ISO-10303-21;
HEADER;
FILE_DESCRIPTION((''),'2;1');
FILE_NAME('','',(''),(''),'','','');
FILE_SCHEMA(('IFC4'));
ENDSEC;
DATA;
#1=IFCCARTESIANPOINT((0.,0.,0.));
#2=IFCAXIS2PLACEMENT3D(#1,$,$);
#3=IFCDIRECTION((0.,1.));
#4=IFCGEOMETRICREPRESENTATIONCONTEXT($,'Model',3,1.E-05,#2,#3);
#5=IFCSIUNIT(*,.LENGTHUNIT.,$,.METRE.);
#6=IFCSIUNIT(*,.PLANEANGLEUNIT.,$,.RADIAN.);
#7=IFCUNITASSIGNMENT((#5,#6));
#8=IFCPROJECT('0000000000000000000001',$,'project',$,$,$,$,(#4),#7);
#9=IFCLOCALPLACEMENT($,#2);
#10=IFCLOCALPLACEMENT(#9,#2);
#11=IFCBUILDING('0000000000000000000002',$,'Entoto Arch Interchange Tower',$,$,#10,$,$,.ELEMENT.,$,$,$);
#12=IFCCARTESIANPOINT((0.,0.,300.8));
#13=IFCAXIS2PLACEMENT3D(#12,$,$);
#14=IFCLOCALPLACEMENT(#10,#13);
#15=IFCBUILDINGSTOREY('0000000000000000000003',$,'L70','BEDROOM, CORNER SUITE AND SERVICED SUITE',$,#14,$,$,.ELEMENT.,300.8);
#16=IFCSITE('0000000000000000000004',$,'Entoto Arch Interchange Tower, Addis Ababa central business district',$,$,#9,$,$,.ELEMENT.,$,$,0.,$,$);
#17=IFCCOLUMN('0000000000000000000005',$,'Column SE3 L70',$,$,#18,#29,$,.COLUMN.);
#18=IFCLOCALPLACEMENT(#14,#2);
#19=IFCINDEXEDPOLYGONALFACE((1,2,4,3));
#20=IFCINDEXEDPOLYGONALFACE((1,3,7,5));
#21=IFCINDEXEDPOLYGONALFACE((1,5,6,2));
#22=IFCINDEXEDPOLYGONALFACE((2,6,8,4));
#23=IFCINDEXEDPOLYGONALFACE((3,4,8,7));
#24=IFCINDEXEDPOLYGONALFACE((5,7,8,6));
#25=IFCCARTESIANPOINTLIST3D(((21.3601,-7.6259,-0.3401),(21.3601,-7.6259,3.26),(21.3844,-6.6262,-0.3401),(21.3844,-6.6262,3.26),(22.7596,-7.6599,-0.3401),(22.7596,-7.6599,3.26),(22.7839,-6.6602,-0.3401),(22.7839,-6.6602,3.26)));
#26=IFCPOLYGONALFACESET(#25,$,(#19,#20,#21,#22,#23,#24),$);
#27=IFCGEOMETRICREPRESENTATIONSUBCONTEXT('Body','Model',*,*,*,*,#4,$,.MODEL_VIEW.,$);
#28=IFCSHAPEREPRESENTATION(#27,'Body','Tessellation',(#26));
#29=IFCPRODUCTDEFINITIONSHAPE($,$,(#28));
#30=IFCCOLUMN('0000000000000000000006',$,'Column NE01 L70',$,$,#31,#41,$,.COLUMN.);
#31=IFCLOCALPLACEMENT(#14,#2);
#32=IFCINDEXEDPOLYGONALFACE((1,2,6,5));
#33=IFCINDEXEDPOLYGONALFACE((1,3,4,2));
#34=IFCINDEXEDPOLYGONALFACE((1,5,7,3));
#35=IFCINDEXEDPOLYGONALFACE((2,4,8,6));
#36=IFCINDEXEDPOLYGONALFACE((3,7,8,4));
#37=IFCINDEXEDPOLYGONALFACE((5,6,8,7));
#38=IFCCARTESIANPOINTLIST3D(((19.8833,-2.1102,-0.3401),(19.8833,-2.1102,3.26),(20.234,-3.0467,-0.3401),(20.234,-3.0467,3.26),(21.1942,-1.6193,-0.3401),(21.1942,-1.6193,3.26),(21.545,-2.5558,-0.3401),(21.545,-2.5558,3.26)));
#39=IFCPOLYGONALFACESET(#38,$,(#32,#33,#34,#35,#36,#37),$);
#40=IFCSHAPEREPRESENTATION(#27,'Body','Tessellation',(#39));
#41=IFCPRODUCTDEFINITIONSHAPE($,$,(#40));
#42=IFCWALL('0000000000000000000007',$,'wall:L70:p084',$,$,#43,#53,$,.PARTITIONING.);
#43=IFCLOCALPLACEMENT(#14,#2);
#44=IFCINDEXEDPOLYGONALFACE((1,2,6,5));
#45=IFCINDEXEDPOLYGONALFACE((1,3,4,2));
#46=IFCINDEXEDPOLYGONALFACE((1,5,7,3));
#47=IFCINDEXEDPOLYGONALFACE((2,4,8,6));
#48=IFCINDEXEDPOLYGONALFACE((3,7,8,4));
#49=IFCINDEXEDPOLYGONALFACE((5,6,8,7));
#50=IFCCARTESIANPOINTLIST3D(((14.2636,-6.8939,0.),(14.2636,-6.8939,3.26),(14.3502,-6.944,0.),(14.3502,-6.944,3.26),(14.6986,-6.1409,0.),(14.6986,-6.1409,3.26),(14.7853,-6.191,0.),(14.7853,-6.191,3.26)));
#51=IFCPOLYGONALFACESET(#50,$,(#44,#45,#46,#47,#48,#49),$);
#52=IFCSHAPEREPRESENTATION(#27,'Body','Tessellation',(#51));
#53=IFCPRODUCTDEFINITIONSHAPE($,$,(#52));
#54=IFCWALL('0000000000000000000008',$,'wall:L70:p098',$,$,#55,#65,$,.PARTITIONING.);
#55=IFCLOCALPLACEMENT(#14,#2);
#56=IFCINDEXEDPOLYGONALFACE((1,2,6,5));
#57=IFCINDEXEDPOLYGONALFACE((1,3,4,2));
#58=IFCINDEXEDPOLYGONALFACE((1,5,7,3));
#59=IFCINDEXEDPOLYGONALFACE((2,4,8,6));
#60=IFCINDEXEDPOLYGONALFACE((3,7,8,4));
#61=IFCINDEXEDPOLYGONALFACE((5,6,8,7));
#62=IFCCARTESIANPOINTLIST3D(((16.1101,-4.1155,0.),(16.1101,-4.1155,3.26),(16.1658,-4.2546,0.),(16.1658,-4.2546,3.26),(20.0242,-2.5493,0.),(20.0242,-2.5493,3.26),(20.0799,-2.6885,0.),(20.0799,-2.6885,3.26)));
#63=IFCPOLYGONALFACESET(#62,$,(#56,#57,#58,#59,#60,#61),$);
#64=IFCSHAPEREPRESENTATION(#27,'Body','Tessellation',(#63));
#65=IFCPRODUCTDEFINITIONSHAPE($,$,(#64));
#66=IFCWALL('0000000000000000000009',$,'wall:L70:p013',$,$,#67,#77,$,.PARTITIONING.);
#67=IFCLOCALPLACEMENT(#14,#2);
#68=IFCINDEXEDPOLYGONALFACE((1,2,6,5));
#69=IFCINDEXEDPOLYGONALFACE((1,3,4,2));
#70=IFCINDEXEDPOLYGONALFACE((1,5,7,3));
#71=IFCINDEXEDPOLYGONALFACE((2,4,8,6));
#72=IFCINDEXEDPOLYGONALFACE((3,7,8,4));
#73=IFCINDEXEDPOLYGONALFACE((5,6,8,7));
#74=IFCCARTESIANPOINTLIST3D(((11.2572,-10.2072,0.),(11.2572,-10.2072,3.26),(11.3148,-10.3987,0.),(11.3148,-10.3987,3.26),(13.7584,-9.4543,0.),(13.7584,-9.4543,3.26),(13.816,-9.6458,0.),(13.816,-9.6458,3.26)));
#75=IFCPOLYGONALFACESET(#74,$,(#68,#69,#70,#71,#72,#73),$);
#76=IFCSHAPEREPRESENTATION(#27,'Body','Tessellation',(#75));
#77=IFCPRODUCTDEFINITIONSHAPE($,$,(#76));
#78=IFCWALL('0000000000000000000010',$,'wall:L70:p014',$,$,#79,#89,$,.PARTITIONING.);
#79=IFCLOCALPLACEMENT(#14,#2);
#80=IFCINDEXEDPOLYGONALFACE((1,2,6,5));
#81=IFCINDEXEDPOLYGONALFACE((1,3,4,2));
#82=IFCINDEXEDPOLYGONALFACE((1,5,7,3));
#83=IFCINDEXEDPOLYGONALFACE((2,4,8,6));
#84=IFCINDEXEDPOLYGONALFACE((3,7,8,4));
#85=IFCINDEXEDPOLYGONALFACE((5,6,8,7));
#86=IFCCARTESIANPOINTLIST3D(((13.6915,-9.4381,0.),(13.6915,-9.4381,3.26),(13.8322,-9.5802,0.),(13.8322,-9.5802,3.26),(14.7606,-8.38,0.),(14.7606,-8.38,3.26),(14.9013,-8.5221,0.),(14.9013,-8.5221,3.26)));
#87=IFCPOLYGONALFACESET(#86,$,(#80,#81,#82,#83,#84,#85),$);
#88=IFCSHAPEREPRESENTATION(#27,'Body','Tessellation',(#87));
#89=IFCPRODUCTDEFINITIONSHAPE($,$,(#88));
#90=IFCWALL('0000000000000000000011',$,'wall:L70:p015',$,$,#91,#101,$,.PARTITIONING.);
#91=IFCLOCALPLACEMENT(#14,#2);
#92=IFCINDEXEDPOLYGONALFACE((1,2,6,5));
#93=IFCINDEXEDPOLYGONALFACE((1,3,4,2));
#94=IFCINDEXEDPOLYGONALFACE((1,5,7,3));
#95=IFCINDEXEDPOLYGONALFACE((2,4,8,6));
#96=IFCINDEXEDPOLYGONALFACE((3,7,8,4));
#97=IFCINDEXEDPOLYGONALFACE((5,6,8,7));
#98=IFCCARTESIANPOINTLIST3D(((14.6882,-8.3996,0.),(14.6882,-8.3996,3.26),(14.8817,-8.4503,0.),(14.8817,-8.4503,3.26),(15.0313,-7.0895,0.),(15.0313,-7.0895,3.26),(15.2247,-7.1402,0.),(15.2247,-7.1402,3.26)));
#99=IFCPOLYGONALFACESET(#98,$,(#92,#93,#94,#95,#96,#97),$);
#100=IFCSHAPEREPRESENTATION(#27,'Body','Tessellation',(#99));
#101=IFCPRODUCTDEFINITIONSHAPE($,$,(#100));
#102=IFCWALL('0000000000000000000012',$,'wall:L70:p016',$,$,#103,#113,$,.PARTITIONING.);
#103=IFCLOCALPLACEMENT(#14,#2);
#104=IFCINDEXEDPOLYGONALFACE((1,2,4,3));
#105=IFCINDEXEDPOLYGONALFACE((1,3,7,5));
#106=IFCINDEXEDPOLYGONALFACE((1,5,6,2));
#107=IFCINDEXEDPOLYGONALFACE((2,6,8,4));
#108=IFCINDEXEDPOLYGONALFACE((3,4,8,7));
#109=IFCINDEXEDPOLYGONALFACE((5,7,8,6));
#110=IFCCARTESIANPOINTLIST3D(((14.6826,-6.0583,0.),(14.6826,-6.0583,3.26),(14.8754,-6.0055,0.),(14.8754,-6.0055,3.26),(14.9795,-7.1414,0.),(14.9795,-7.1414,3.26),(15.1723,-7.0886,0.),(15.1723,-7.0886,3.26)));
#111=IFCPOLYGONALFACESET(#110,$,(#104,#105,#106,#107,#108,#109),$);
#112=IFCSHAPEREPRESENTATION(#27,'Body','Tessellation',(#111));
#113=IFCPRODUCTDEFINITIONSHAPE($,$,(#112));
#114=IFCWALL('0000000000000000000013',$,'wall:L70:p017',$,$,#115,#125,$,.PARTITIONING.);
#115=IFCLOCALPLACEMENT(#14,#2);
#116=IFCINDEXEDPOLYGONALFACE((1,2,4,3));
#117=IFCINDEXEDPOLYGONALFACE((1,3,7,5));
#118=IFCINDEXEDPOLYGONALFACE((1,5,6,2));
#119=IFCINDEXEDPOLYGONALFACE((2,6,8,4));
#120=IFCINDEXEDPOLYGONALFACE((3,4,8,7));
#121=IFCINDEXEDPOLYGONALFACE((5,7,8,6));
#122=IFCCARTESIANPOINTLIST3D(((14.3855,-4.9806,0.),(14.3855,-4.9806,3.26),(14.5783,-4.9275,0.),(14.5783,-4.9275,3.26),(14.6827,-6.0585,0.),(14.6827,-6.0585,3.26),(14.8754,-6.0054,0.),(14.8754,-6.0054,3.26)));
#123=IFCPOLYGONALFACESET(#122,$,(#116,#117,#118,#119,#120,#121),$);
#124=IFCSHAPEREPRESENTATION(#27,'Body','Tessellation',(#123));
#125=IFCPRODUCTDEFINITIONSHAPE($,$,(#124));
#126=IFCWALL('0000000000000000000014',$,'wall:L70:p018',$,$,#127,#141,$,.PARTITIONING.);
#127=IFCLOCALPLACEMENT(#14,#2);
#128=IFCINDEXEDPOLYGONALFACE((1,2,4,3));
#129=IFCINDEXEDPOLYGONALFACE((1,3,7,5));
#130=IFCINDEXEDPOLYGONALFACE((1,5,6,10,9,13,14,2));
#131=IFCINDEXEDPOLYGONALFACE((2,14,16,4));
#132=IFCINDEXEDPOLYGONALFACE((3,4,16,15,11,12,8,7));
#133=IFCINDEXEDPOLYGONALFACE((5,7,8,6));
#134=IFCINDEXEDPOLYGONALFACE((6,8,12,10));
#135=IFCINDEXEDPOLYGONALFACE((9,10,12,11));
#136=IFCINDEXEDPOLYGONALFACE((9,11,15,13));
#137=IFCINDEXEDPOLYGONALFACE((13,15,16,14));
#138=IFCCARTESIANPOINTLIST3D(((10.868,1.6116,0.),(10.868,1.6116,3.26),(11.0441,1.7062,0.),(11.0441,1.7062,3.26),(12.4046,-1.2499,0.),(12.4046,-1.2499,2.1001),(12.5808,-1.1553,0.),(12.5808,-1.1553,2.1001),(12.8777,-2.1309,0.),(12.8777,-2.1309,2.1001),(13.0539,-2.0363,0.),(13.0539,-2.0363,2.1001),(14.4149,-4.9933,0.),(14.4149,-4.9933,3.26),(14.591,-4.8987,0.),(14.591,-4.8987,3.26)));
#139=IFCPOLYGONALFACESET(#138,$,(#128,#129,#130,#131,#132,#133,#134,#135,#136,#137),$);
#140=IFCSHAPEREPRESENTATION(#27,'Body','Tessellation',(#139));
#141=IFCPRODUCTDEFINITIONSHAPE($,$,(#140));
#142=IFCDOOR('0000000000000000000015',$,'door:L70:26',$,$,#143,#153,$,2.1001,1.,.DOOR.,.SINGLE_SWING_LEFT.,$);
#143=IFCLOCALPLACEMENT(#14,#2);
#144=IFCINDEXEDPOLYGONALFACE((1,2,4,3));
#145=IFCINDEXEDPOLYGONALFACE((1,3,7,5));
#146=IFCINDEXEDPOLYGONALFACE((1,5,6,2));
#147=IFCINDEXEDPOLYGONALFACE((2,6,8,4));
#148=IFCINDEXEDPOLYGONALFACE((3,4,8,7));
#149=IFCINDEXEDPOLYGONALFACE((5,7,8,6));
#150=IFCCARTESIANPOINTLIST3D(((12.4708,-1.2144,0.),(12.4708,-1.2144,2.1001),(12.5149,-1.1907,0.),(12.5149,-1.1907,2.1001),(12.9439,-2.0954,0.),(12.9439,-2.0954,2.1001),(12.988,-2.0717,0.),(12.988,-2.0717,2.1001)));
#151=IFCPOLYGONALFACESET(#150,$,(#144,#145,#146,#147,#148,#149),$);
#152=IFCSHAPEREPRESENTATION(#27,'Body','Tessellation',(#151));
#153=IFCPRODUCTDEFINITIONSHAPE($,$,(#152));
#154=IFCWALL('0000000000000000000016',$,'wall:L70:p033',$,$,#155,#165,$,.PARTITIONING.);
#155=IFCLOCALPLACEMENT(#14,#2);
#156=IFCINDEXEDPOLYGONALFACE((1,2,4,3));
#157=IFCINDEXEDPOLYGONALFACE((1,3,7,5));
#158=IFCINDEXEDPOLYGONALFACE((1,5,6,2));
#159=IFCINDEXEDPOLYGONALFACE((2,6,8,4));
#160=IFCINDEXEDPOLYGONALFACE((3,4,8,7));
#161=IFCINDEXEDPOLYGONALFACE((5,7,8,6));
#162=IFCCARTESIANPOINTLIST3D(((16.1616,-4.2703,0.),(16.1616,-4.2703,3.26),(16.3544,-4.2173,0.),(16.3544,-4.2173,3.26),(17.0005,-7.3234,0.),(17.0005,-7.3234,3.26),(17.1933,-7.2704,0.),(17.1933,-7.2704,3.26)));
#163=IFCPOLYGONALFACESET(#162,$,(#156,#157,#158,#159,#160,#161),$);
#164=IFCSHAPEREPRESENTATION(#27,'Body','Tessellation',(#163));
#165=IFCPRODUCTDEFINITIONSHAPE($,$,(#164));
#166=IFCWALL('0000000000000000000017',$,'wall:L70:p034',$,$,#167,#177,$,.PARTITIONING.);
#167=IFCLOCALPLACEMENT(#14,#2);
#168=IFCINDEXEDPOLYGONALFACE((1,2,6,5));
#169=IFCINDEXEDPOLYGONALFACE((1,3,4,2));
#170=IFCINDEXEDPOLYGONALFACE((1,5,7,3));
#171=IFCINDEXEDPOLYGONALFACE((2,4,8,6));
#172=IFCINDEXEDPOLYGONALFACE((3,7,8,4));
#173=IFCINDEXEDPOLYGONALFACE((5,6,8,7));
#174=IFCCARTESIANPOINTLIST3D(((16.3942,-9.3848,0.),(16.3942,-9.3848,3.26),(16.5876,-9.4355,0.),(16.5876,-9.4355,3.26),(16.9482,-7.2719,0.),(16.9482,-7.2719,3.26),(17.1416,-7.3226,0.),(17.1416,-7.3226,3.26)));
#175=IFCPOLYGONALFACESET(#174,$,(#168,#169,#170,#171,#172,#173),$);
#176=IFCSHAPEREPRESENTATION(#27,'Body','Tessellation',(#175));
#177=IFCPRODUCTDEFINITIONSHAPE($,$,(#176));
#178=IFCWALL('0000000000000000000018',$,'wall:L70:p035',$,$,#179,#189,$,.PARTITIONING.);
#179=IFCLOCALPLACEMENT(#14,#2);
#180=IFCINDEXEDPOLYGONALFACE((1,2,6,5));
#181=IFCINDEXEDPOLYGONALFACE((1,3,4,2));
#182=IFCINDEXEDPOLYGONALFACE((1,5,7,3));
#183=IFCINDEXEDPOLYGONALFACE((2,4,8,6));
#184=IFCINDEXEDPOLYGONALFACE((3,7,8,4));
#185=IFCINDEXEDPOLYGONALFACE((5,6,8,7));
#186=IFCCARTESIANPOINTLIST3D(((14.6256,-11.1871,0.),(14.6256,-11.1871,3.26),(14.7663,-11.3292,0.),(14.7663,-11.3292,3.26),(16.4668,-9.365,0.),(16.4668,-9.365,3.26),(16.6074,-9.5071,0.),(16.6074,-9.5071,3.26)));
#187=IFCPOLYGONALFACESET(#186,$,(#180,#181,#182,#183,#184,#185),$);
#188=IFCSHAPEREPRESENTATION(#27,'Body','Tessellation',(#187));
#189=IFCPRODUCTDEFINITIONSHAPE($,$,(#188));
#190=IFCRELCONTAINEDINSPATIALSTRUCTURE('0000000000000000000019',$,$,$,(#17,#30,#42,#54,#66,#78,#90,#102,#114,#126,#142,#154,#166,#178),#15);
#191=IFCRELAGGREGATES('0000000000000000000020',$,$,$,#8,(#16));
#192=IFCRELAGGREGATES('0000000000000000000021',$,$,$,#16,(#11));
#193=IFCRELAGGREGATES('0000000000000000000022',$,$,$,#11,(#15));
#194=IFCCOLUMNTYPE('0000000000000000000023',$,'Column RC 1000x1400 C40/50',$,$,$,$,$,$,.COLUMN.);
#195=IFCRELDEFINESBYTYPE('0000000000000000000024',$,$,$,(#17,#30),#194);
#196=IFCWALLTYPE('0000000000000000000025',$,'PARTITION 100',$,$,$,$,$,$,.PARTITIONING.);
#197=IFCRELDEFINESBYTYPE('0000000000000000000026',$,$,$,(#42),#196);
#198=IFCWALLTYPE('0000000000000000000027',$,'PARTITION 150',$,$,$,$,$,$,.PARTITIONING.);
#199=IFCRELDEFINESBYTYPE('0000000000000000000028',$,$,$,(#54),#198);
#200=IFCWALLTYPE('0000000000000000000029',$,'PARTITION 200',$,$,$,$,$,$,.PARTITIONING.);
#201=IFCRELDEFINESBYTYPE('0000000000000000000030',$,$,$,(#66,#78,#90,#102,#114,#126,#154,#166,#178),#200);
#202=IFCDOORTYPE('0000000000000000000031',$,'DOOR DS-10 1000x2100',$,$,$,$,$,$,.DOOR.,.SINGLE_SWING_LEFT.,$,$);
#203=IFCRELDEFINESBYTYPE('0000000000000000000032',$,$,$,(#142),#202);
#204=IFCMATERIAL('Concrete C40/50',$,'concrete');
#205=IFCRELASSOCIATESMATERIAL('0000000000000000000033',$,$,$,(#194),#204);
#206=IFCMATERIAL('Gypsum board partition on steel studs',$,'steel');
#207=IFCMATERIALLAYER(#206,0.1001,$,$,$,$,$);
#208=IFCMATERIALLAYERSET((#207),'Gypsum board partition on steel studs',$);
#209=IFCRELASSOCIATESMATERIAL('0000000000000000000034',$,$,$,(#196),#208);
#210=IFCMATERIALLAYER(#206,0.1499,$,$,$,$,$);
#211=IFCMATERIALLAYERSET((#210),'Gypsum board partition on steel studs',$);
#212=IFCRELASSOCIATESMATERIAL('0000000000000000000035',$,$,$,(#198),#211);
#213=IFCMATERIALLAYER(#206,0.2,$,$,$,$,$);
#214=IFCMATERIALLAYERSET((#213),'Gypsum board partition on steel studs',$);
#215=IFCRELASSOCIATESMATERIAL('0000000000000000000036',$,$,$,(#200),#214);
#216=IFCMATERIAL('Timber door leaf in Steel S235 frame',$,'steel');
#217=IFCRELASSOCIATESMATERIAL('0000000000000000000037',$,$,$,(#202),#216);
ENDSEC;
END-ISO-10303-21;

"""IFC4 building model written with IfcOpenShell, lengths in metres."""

from ifc_helpers import new_model, si_unit, direction, frame, frame_2d, origin, origin_2d, place, context, subcontext, project, spatial, rectangle, extrude, material, layer, layer_set, material_profile, profile_set, type_object, element, fill, save


model = new_model("IFC4")

# Units and contexts
model_context = context("Model", 3, precision=1e-05, world=origin(), true_north=direction((0.0, 1.0)))
body_context = subcontext(model_context, "Body", "Model", "MODEL_VIEW")
ifc_project = project(units=[si_unit("LENGTHUNIT", "METRE"), si_unit("PLANEANGLEUNIT", "RADIAN")], contexts=[model_context])

# Site, building, storey
site_placement = place(None, origin())
site = spatial("IfcSite", under=ifc_project, at=site_placement, Name="Entoto Arch Interchange Tower, Addis Ababa central business district", CompositionType="ELEMENT", RefElevation=0.0)
building_placement = place(site_placement, origin())
building = spatial("IfcBuilding", under=site, at=building_placement, Name="Entoto Arch Interchange Tower", CompositionType="ELEMENT")
storey_placement = place(building_placement, frame((0.0, 0.0, 300.8)))
storey = spatial("IfcBuildingStorey", under=building, at=storey_placement, Name="L70", Description="BEDROOM, CORNER SUITE AND SERVICED SUITE", CompositionType="ELEMENT", Elevation=300.8)

# Columns
ifc_material_1 = material(Name="Concrete C40/50", Category="concrete")
ifc_material_profile = material_profile(ifc_material_1, rectangle(XDim=1.0, YDim=1.3999, at=origin_2d()))
ifc_profile_set = profile_set([ifc_material_profile], Name="Concrete C40/50")
column_type = type_object("IfcColumnType", Name="Column RC 1000x1400 C40/50", PredefinedType="COLUMN", material=ifc_profile_set)
for number, where, z_axis, x_axis, name in (
    (1, (22.072, -7.1431, -0.3401), (0.0, 0.0, 1.0), (0.024258, 0.999706, 0.0), "Column SE3 L70"),
    (2, (20.7141, -2.333, -0.3401), (0.0, 0.0, 1.0), (-0.350714, 0.936483, 0.0), "Column NE01 L70"),
):
    element("IfcColumn", number, at=place(storey_placement, frame(where, z_axis=z_axis, x_axis=x_axis)), inside=storey, type_object=column_type, Name=name, PredefinedType="COLUMN", context=body_context, shape_type="SweptSolid", body=[
        extrude(rectangle(XDim=1.0, YDim=1.3999, at=origin_2d()), origin(), (0.0, 0.0, 1.0), 3.6001),
    ])

# Walls
ifc_material_2 = material(Name="Gypsum board partition on steel studs", Category="steel")
ifc_layer_1 = layer(ifc_material_2, 0.1001)
ifc_layer_set_1 = layer_set([ifc_layer_1], Name="Gypsum board partition on steel studs")
wall_type_1 = type_object("IfcWallType", Name="PARTITION 100", PredefinedType="PARTITIONING", material=ifc_layer_set_1)
wall_1_placement = place(storey_placement, frame((14.3069, -6.9189, 0.0), z_axis=(0.0, 0.0, 1.0), x_axis=(0.500306, 0.865849, 0.0)))
element("IfcWall", 3, at=wall_1_placement, inside=storey, type_object=wall_type_1, Name="wall:L70:p084", PredefinedType="PARTITIONING", context=body_context, shape_type="SweptSolid", body=[
    extrude(rectangle(XDim=0.8696, YDim=0.1001, at=frame_2d((0.4348, 0.0))), origin(), (0.0, 0.0, 1.0), 3.26),
])
ifc_layer_2 = layer(ifc_material_2, 0.1499)
ifc_layer_set_2 = layer_set([ifc_layer_2], Name="Gypsum board partition on steel studs")
wall_type_2 = type_object("IfcWallType", Name="PARTITION 150", PredefinedType="PARTITIONING", material=ifc_layer_set_2)
wall_2_placement = place(storey_placement, frame((16.1379, -4.1851, 0.0), z_axis=(0.0, 0.0, 1.0), x_axis=(0.928433, 0.371501, 0.0)))
element("IfcWall", 4, at=wall_2_placement, inside=storey, type_object=wall_type_2, Name="wall:L70:p098", PredefinedType="PARTITIONING", context=body_context, shape_type="SweptSolid", body=[
    extrude(rectangle(XDim=4.2158, YDim=0.1499, at=frame_2d((2.1079, 0.0))), origin(), (0.0, 0.0, 1.0), 3.26),
])
ifc_layer_3 = layer(ifc_material_2, 0.2)
ifc_layer_set_3 = layer_set([ifc_layer_3], Name="Gypsum board partition on steel studs")
wall_type_3 = type_object("IfcWallType", Name="PARTITION 200", PredefinedType="PARTITIONING", material=ifc_layer_set_3)
wall_3_placement = place(storey_placement, frame((11.2859, -10.303, 0.0), z_axis=(0.0, 0.0, 1.0), x_axis=(0.957556, 0.288248, 0.0)))
element("IfcWall", 5, at=wall_3_placement, inside=storey, type_object=wall_type_3, Name="wall:L70:p013", PredefinedType="PARTITIONING", context=body_context, shape_type="SweptSolid", body=[
    extrude(rectangle(XDim=2.6121, YDim=0.2, at=frame_2d((1.3062, 0.0))), origin(), (0.0, 0.0, 1.0), 3.26),
])
wall_4_placement = place(storey_placement, frame((13.762, -9.509, 0.0), z_axis=(0.0, 0.0, 1.0), x_axis=(0.710749, 0.703445, 0.0)))
element("IfcWall", 6, at=wall_4_placement, inside=storey, type_object=wall_type_3, Name="wall:L70:p014", PredefinedType="PARTITIONING", context=body_context, shape_type="SweptSolid", body=[
    extrude(rectangle(XDim=1.5042, YDim=0.2, at=frame_2d((0.752, 0.0))), origin(), (0.0, 0.0, 1.0), 3.26),
])
wall_5_placement = place(storey_placement, frame((14.7849, -8.425, 0.0), z_axis=(0.0, 0.0, 1.0), x_axis=(0.253295, 0.967389, 0.0)))
element("IfcWall", 7, at=wall_5_placement, inside=storey, type_object=wall_type_3, Name="wall:L70:p015", PredefinedType="PARTITIONING", context=body_context, shape_type="SweptSolid", body=[
    extrude(rectangle(XDim=1.3542, YDim=0.2, at=frame_2d((0.6772, 0.0))), origin(), (0.0, 0.0, 1.0), 3.26),
])
wall_6_placement = place(storey_placement, frame((15.0759, -7.115, 0.0), z_axis=(0.0, 0.0, 1.0), x_axis=(-0.264368, 0.964422, 0.0)))
element("IfcWall", 8, at=wall_6_placement, inside=storey, type_object=wall_type_3, Name="wall:L70:p016", PredefinedType="PARTITIONING", context=body_context, shape_type="SweptSolid", body=[
    extrude(rectangle(XDim=1.123, YDim=0.2, at=frame_2d((0.5615, 0.0))), origin(), (0.0, 0.0, 1.0), 3.26),
])
wall_7_placement = place(storey_placement, frame((14.7791, -6.032, 0.0), z_axis=(0.0, 0.0, 1.0), x_axis=(-0.26574, 0.964045, 0.0)))
element("IfcWall", 9, at=wall_7_placement, inside=storey, type_object=wall_type_3, Name="wall:L70:p017", PredefinedType="PARTITIONING", context=body_context, shape_type="SweptSolid", body=[
    extrude(rectangle(XDim=1.1182, YDim=0.2, at=frame_2d((0.5591, 0.0))), origin(), (0.0, 0.0, 1.0), 3.26),
])

# Wall, opening, door
wall_8_placement = place(storey_placement, frame((14.5029, -4.946, 0.0), z_axis=(0.0, 0.0, 1.0), x_axis=(-0.473101, 0.881008, 0.0)))
wall_8 = element("IfcWall", 10, at=wall_8_placement, inside=storey, type_object=wall_type_3, Name="wall:L70:p018", PredefinedType="PARTITIONING", context=body_context, shape_type="SweptSolid", body=[
    extrude(rectangle(XDim=7.4971, YDim=0.2, at=frame_2d((3.7485, 0.0))), origin(), (0.0, 0.0, 1.0), 3.26),
])
opening_1_placement = place(wall_8_placement, frame((3.249, 0.0, 0.0)))
opening_1 = element("IfcOpeningElement", 11, at=opening_1_placement, cuts=wall_8, PredefinedType="OPENING", context=body_context, shape_type="SweptSolid", body=[
    extrude(rectangle(XDim=1.0, YDim=2.1001, at=frame_2d((0.5, 1.05))), frame((0.0, 0.1099, 0.0), z_axis=(0.0, -1.0, 0.0), x_axis=(1.0, 0.0, 0.0)), (0.0, 0.0, 1.0), 0.22),
])
ifc_material_3 = material(Name="Timber door leaf in Steel S235 frame", Category="steel")
door_type_1 = type_object("IfcDoorType", Name="DOOR DS-10 1000x2100", OperationType="SINGLE_SWING_LEFT", PredefinedType="DOOR", material=ifc_material_3)
door_1_placement = place(opening_1_placement, origin())
door_1 = element("IfcDoor", 12, at=door_1_placement, inside=storey, type_object=door_type_1, Name="door:L70:26", OperationType="SINGLE_SWING_LEFT", OverallHeight=2.1001, OverallWidth=1.0, PredefinedType="DOOR", context=body_context, shape_type="SweptSolid", body=[
    extrude(rectangle(XDim=1.0, YDim=2.1001, at=frame_2d((0.5, 1.05))), frame((0.0, 0.0249, 0.0), z_axis=(0.0, -1.0, 0.0), x_axis=(1.0, 0.0, 0.0)), (0.0, 0.0, 1.0), 0.05),
])
fill(opening_1, door_1)

# Walls
wall_9_placement = place(storey_placement, frame((16.2581, -4.2439, 0.0), z_axis=(0.0, 0.0, 1.0), x_axis=(0.264931, -0.964267, 0.0)))
element("IfcWall", 13, at=wall_9_placement, inside=storey, type_object=wall_type_3, Name="wall:L70:p033", PredefinedType="PARTITIONING", context=body_context, shape_type="SweptSolid", body=[
    extrude(rectangle(XDim=3.1663, YDim=0.2, at=frame_2d((1.583, 0.0))), origin(), (0.0, 0.0, 1.0), 3.26),
])
wall_10_placement = place(storey_placement, frame((17.0449, -7.2971, 0.0), z_axis=(0.0, 0.0, 1.0), x_axis=(-0.253618, -0.967304, 0.0)))
element("IfcWall", 14, at=wall_10_placement, inside=storey, type_object=wall_type_3, Name="wall:L70:p034", PredefinedType="PARTITIONING", context=body_context, shape_type="SweptSolid", body=[
    extrude(rectangle(XDim=2.1843, YDim=0.2, at=frame_2d((1.0923, 0.0))), origin(), (0.0, 0.0, 1.0), 3.26),
])
wall_11_placement = place(storey_placement, frame((16.5371, -9.436, 0.0), z_axis=(0.0, 0.0, 1.0), x_axis=(-0.710773, -0.703421, 0.0)))
element("IfcWall", 15, at=wall_11_placement, inside=storey, type_object=wall_type_3, Name="wall:L70:p035", PredefinedType="PARTITIONING", context=body_context, shape_type="SweptSolid", body=[
    extrude(rectangle(XDim=2.5903, YDim=0.2, at=frame_2d((1.2952, 0.0))), origin(), (0.0, 0.0, 1.0), 3.26),
])

save(model, "model.ifc")
